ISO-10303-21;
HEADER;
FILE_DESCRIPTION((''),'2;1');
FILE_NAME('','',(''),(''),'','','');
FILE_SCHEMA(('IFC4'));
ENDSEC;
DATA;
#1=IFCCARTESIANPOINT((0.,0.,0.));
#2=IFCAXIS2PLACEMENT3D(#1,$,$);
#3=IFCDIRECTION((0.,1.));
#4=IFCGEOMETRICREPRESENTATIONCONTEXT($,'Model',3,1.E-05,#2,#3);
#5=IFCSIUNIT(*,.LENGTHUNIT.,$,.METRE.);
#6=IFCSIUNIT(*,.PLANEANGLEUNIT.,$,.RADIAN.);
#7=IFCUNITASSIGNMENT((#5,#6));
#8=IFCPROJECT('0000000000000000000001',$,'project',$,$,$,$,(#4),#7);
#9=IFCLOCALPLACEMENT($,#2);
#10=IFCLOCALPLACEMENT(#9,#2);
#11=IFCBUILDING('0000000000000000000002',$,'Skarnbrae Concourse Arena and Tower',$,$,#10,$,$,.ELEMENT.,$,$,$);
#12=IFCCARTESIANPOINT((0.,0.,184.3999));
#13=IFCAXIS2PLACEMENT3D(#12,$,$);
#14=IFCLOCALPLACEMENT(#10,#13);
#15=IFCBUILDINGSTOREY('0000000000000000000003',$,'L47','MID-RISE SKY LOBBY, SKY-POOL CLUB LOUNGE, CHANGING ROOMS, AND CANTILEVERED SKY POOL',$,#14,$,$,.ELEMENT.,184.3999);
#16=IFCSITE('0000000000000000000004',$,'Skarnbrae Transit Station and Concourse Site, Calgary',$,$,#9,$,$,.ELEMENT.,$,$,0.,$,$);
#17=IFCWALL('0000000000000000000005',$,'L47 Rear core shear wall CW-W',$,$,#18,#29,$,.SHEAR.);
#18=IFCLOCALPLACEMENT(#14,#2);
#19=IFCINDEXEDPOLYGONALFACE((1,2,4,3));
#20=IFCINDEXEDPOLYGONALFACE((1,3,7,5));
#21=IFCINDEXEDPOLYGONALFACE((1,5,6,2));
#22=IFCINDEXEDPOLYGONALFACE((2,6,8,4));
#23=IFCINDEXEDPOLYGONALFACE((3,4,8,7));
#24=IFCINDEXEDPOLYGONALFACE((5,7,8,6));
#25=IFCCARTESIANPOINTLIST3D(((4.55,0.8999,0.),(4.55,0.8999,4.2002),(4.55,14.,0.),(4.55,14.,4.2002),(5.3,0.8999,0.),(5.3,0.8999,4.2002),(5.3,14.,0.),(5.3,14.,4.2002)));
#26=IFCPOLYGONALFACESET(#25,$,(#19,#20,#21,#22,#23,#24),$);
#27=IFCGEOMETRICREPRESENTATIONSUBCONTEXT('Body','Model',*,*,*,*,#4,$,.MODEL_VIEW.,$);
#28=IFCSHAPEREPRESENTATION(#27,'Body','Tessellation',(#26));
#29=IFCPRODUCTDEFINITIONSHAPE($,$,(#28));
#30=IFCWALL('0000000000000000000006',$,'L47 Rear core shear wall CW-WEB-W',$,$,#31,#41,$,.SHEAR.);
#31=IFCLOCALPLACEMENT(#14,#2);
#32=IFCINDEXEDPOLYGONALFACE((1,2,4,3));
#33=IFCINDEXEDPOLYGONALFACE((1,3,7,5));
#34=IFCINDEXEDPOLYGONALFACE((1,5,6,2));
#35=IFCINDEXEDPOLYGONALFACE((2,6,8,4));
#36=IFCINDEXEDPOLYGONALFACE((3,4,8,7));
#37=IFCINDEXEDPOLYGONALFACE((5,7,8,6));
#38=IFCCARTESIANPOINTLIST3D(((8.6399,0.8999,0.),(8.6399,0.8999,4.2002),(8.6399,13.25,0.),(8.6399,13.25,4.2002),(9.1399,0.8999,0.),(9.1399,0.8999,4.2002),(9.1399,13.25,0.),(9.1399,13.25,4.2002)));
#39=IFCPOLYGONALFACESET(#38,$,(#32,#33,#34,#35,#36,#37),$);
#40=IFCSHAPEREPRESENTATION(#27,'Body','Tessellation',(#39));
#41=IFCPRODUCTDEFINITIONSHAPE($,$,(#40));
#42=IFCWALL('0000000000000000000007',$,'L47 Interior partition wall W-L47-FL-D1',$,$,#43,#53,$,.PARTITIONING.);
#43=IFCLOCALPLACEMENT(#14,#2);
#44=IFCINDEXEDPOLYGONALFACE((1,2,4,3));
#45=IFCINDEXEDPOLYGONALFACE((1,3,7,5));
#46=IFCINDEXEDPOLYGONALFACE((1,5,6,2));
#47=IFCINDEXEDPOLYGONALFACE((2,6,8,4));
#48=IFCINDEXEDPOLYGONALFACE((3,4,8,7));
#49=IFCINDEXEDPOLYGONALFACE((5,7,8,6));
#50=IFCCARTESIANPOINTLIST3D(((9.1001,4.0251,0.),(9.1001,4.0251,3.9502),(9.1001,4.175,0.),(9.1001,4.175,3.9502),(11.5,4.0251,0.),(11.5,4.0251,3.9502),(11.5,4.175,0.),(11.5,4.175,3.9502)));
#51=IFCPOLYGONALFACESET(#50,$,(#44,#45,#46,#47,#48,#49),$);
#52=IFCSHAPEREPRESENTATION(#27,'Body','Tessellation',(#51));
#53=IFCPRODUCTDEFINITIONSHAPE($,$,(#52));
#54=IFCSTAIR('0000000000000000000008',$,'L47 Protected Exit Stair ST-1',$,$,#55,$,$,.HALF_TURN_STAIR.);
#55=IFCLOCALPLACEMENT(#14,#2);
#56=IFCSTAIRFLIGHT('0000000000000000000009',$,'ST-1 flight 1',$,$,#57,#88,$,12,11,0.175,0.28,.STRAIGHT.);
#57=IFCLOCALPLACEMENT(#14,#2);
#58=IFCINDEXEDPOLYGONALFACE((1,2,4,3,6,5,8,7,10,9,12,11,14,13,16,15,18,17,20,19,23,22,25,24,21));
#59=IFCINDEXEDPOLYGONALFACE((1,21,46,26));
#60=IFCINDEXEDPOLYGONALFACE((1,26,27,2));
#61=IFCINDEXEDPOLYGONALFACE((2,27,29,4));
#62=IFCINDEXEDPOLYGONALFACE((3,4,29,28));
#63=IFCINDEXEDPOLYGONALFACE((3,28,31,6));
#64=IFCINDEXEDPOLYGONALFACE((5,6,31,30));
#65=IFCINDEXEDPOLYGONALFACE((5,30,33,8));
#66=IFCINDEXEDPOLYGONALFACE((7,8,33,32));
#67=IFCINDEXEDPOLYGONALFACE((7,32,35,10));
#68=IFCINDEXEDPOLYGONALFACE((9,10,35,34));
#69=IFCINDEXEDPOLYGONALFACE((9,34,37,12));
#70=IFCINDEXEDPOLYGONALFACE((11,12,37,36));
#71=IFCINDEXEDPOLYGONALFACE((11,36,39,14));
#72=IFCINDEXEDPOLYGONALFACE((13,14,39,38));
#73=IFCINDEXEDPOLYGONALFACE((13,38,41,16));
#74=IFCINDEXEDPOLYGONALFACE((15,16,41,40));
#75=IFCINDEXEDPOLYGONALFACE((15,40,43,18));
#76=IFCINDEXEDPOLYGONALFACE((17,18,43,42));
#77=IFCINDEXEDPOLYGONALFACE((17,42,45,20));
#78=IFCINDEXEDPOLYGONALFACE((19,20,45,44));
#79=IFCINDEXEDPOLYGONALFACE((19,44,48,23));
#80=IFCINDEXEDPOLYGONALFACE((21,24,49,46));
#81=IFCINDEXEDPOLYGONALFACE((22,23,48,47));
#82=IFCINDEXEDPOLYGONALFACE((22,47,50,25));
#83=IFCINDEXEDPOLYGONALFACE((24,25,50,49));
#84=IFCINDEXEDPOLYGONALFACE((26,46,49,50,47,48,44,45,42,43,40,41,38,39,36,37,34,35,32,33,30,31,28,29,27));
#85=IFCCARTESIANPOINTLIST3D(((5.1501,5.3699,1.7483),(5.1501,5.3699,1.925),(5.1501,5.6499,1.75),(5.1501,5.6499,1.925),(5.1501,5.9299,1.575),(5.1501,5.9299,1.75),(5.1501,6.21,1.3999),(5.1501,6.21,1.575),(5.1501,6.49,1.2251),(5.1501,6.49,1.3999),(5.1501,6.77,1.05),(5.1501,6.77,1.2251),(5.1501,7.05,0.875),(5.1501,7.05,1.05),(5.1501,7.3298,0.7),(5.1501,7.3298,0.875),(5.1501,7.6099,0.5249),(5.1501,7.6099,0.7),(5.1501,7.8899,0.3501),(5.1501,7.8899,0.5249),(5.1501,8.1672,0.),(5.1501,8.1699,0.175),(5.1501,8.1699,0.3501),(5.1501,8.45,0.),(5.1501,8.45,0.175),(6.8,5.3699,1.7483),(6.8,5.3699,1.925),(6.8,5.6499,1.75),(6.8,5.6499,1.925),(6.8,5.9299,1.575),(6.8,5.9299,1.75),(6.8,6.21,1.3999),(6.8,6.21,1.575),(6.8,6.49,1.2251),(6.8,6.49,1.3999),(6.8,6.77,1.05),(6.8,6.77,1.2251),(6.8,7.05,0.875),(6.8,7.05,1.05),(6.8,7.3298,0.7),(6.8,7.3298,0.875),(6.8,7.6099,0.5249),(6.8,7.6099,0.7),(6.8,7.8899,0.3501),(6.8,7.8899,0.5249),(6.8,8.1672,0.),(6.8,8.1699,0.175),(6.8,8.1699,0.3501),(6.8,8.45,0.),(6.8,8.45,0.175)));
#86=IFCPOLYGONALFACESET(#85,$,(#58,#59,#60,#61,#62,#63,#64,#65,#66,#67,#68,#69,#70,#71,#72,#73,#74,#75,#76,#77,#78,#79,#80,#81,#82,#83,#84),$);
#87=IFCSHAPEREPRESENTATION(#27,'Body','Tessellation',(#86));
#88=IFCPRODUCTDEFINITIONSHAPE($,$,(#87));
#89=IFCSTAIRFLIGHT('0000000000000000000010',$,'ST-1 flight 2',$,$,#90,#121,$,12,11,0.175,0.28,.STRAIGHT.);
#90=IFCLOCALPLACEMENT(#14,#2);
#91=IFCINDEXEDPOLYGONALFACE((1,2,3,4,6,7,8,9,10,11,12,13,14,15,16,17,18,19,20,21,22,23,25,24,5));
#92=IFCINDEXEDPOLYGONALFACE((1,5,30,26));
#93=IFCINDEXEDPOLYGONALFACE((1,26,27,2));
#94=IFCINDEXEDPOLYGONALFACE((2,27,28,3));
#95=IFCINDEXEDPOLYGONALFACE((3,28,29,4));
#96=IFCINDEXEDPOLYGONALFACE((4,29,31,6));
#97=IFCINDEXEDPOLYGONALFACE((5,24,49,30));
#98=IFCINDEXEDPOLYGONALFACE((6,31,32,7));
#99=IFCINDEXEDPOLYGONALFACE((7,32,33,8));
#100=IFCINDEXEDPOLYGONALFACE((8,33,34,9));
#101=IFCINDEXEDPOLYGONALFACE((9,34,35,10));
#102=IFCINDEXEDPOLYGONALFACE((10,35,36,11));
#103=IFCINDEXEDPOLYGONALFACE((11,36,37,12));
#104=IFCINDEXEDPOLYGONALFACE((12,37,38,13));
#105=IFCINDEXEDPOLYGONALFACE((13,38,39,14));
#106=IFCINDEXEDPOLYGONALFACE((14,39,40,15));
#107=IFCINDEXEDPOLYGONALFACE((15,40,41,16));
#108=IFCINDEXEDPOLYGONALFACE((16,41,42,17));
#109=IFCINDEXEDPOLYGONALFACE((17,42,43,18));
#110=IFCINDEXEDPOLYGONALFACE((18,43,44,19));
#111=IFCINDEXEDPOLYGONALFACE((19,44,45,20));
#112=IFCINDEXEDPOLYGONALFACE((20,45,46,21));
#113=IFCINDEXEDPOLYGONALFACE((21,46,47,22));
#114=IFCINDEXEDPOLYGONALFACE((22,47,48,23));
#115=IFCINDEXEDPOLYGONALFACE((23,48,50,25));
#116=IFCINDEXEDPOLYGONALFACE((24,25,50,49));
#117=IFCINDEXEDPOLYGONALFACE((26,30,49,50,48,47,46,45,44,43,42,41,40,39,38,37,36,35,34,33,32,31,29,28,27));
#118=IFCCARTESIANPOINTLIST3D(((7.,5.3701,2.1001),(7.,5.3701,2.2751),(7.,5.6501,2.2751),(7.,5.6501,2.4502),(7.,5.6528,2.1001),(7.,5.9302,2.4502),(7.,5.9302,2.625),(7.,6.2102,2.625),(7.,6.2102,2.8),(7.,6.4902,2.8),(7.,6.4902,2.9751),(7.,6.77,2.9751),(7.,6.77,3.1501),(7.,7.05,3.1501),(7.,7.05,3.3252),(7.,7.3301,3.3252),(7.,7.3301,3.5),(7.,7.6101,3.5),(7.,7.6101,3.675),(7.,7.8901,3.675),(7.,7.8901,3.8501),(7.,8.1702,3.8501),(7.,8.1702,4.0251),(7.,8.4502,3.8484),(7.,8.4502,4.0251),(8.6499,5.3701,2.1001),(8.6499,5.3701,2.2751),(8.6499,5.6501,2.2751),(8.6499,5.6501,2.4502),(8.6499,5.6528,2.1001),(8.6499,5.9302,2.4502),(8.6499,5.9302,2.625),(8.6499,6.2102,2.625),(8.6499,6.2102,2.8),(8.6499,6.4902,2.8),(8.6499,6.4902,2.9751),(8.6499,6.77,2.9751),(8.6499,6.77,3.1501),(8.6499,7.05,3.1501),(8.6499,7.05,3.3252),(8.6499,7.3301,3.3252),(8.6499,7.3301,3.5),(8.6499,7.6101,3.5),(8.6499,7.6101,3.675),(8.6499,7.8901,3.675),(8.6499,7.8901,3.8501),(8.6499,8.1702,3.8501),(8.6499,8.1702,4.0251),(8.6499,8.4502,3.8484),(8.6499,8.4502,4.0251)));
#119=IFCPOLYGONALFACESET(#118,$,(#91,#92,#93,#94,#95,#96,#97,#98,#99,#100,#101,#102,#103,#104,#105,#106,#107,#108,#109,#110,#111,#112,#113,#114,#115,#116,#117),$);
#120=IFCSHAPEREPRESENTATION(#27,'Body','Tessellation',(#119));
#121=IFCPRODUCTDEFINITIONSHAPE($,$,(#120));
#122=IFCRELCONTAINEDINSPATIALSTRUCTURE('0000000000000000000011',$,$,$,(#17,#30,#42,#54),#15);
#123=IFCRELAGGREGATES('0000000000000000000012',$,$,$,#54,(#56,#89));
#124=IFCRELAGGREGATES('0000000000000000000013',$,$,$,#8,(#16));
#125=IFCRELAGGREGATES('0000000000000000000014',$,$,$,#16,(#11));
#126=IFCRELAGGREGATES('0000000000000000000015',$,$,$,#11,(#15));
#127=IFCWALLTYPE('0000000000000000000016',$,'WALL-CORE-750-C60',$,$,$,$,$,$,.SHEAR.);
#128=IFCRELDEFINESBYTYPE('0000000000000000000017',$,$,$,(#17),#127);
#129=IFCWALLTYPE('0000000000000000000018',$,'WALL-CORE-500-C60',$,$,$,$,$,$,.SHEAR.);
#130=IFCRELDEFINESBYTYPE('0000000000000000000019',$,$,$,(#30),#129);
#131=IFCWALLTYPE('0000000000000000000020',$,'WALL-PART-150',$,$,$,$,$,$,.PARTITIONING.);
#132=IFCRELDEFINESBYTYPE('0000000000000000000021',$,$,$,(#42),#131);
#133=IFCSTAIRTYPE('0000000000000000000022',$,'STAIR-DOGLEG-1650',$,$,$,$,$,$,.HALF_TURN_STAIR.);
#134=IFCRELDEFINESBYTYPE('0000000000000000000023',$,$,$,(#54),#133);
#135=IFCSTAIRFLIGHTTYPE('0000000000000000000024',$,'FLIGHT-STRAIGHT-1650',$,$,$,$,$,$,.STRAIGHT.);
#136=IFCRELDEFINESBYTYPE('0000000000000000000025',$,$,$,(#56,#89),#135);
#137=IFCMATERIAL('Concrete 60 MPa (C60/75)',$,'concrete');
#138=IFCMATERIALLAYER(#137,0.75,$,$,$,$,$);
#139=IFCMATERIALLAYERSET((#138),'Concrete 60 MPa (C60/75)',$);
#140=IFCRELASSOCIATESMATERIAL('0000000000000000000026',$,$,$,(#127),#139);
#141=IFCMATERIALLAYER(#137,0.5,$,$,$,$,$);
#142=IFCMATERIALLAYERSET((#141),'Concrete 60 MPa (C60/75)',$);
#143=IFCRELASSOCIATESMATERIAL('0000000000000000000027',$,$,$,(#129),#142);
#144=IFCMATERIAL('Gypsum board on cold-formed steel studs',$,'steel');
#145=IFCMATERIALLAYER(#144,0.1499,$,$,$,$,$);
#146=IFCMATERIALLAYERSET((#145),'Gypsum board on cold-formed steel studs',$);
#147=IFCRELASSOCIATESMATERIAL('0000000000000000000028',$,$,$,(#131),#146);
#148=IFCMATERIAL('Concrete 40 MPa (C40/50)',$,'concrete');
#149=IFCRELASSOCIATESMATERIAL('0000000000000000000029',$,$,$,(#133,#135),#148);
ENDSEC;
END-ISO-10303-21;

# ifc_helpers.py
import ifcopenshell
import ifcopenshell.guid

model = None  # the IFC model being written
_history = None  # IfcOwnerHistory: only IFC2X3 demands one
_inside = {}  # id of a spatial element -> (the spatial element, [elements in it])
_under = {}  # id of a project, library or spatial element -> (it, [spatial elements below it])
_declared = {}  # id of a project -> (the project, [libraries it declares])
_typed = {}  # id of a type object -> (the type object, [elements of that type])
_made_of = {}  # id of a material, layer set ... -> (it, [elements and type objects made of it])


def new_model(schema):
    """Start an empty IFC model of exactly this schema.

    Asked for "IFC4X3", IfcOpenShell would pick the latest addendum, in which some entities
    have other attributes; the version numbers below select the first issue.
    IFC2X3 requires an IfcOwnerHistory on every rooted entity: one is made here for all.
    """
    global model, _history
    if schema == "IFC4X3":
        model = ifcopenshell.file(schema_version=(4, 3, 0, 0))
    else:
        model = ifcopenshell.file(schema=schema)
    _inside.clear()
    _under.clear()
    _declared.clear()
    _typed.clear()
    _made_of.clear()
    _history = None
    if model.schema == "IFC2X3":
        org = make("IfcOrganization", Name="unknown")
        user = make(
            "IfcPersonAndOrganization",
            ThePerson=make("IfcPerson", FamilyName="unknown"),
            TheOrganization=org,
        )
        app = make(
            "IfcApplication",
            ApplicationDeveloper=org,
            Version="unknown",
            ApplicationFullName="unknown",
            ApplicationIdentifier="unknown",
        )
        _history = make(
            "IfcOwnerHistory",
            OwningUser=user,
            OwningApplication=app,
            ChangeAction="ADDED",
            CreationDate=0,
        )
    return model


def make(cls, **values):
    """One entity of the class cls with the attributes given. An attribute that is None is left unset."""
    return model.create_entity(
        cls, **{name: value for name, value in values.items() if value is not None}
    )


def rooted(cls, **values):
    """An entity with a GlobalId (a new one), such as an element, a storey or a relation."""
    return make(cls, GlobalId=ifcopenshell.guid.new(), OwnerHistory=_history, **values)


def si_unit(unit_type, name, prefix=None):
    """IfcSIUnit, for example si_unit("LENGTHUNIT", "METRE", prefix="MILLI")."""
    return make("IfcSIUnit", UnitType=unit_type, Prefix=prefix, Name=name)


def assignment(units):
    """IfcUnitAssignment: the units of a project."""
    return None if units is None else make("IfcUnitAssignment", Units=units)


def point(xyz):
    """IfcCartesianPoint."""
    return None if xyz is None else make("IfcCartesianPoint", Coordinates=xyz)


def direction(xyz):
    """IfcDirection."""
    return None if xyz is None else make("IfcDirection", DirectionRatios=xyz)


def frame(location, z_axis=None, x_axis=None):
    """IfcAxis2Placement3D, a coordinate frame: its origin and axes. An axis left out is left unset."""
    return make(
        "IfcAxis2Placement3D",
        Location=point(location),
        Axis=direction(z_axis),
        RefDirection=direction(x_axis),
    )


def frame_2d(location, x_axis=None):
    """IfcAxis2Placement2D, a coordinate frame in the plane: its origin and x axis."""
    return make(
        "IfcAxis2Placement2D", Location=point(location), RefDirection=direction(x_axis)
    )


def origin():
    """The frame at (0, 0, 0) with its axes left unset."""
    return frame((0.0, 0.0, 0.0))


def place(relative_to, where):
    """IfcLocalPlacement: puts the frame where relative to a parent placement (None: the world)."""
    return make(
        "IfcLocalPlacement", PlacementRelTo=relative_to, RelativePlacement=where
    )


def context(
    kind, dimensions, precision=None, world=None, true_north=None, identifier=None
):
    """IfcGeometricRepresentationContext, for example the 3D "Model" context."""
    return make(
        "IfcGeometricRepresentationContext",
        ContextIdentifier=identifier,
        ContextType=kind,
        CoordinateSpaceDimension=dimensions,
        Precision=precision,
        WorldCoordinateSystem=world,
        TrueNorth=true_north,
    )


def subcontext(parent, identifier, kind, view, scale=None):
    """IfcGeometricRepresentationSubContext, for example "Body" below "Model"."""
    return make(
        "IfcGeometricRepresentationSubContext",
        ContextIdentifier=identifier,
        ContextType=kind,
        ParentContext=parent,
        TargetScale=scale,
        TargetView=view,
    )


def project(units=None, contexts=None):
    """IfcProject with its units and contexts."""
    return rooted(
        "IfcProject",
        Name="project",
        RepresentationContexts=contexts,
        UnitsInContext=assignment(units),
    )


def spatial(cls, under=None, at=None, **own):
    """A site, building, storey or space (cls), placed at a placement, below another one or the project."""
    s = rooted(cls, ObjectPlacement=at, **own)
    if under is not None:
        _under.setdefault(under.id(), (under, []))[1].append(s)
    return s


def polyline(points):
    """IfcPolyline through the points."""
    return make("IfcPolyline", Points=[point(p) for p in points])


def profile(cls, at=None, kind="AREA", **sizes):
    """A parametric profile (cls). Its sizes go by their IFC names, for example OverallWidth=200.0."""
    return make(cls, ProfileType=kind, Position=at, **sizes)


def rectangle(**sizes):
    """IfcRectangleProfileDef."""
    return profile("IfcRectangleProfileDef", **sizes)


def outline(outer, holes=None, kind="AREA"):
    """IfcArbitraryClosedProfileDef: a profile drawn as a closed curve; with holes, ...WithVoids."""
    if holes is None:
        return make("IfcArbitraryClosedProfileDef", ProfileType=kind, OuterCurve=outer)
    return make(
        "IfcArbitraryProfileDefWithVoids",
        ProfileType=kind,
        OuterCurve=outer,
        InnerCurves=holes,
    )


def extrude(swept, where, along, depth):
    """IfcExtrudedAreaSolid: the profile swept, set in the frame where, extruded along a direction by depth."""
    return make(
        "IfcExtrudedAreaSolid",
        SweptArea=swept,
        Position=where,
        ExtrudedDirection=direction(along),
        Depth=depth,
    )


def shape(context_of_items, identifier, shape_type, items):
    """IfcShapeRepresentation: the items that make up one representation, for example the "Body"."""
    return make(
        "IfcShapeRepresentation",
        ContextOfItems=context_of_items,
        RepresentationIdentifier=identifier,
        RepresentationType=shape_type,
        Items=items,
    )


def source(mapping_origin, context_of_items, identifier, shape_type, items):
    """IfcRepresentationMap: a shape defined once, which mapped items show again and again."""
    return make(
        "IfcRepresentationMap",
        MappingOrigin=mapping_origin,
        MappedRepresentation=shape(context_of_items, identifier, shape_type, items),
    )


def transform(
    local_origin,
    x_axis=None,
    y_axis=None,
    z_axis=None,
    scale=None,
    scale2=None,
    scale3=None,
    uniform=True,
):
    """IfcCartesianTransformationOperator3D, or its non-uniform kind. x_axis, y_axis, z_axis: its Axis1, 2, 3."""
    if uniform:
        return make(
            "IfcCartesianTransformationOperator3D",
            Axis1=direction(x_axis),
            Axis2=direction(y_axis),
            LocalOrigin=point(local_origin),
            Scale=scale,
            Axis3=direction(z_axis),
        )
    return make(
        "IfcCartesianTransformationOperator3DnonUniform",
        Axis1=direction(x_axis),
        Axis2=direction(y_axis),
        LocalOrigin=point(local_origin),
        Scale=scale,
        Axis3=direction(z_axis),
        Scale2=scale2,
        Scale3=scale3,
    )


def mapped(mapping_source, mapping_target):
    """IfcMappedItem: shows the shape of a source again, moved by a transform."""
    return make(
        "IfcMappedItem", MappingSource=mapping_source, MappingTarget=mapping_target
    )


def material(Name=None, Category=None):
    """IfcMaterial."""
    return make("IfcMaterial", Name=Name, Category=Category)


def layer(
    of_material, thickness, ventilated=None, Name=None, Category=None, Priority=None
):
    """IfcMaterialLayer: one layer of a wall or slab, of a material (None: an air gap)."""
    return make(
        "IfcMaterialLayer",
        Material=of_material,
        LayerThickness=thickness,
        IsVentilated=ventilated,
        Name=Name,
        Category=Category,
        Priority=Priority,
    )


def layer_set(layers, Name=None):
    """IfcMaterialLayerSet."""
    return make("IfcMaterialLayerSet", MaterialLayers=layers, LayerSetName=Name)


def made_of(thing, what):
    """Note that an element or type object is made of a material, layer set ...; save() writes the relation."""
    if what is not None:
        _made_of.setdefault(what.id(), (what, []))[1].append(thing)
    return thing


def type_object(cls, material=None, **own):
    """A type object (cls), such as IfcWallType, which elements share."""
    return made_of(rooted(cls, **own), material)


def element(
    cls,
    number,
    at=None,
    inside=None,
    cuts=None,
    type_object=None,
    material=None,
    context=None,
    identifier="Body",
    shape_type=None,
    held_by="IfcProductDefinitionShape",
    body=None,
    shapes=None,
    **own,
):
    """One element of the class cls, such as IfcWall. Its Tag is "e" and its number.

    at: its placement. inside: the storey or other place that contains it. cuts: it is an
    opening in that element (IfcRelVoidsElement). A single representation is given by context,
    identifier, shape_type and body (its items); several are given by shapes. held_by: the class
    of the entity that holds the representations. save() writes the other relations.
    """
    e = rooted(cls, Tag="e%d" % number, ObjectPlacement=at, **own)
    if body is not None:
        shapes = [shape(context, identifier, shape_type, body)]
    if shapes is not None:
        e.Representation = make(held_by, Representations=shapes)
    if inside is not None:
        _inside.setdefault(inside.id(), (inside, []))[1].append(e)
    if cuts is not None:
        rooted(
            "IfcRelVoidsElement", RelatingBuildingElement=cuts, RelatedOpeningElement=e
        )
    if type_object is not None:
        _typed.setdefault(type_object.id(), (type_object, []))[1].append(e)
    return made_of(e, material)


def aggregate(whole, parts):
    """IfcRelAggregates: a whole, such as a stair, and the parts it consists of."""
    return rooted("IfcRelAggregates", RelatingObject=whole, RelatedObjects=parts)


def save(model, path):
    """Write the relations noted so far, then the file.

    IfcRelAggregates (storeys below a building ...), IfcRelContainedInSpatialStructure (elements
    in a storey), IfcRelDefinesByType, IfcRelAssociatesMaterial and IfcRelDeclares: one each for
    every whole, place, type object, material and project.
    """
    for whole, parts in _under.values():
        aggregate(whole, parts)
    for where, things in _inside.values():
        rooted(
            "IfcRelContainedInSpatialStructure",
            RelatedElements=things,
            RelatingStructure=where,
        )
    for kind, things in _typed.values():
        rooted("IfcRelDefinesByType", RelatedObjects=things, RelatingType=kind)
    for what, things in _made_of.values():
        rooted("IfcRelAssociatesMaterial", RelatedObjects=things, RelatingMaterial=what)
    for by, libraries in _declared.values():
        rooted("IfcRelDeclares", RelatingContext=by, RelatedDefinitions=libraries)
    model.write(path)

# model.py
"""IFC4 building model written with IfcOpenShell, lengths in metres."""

from ifc_helpers import new_model, si_unit, direction, frame, frame_2d, origin, place, context, subcontext, project, spatial, polyline, rectangle, outline, extrude, source, transform, mapped, material, layer, layer_set, type_object, element, aggregate, save


model = new_model("IFC4")

# Units and contexts
model_context = context("Model", 3, precision=1e-05, world=origin(), true_north=direction((0.0, 1.0)))
body_context = subcontext(model_context, "Body", "Model", "MODEL_VIEW")
ifc_project = project(units=[si_unit("LENGTHUNIT", "METRE"), si_unit("PLANEANGLEUNIT", "RADIAN")], contexts=[model_context])

# Site, building, storey
site_placement = place(None, origin())
site = spatial("IfcSite", under=ifc_project, at=site_placement, Name="Skarnbrae Transit Station and Concourse Site, Calgary", CompositionType="ELEMENT", RefElevation=0.0)
building_placement = place(site_placement, origin())
building = spatial("IfcBuilding", under=site, at=building_placement, Name="Skarnbrae Concourse Arena and Tower", CompositionType="ELEMENT")
storey_placement = place(building_placement, frame((0.0, 0.0, 184.3999)))
storey = spatial("IfcBuildingStorey", under=building, at=storey_placement, Name="L47", Description="MID-RISE SKY LOBBY, SKY-POOL CLUB LOUNGE, CHANGING ROOMS, AND CANTILEVERED SKY POOL", CompositionType="ELEMENT", Elevation=184.3999)

# Walls
ifc_material_1 = material(Name="Concrete 60 MPa (C60/75)", Category="concrete")
ifc_layer_1 = layer(ifc_material_1, 0.75)
ifc_layer_set_1 = layer_set([ifc_layer_1], Name="Concrete 60 MPa (C60/75)")
wall_type_1 = type_object("IfcWallType", Name="WALL-CORE-750-C60", PredefinedType="SHEAR", material=ifc_layer_set_1)
shared_shape_1 = source(origin(), body_context, "Body", "SweptSolid", [
    extrude(rectangle(XDim=13.1001, YDim=0.75, at=frame_2d((6.55, 0.0))), origin(), (0.0, 0.0, 1.0), 4.2002),
])
wall_1_placement = place(storey_placement, frame((4.925, 0.8999, 0.0), z_axis=(0.0, 0.0, 1.0), x_axis=(0.0, 1.0, 0.0)))
element("IfcWall", 1, at=wall_1_placement, inside=storey, type_object=wall_type_1, Name="L47 Rear core shear wall CW-W", PredefinedType="SHEAR", context=body_context, shape_type="MappedRepresentation", body=[
    mapped(shared_shape_1, transform((0.0, 0.0, 0.0))),
])
ifc_layer_2 = layer(ifc_material_1, 0.5)
ifc_layer_set_2 = layer_set([ifc_layer_2], Name="Concrete 60 MPa (C60/75)")
wall_type_2 = type_object("IfcWallType", Name="WALL-CORE-500-C60", PredefinedType="SHEAR", material=ifc_layer_set_2)
shared_shape_2 = source(origin(), body_context, "Body", "SweptSolid", [
    extrude(rectangle(XDim=12.3501, YDim=0.5, at=frame_2d((6.175, 0.0))), origin(), (0.0, 0.0, 1.0), 4.2002),
])
wall_2_placement = place(storey_placement, frame((8.8899, 0.8999, 0.0), z_axis=(0.0, 0.0, 1.0), x_axis=(0.0, 1.0, 0.0)))
element("IfcWall", 2, at=wall_2_placement, inside=storey, type_object=wall_type_2, Name="L47 Rear core shear wall CW-WEB-W", PredefinedType="SHEAR", context=body_context, shape_type="MappedRepresentation", body=[
    mapped(shared_shape_2, transform((0.0, 0.0, 0.0))),
])
ifc_material_2 = material(Name="Gypsum board on cold-formed steel studs", Category="steel")
ifc_layer_3 = layer(ifc_material_2, 0.1499)
ifc_layer_set_3 = layer_set([ifc_layer_3], Name="Gypsum board on cold-formed steel studs")
wall_type_3 = type_object("IfcWallType", Name="WALL-PART-150", PredefinedType="PARTITIONING", material=ifc_layer_set_3)
shared_shape_3 = source(origin(), body_context, "Body", "SweptSolid", [
    extrude(rectangle(XDim=2.3999, YDim=0.1499, at=frame_2d((1.2, 0.0))), origin(), (0.0, 0.0, 1.0), 3.9502),
])
wall_3_placement = place(storey_placement, frame((9.1001, 4.1001, 0.0), z_axis=(0.0, 0.0, 1.0), x_axis=(1.0, 0.0, 0.0)))
element("IfcWall", 3, at=wall_3_placement, inside=storey, type_object=wall_type_3, Name="L47 Interior partition wall W-L47-FL-D1", PredefinedType="PARTITIONING", context=body_context, shape_type="MappedRepresentation", body=[
    mapped(shared_shape_3, transform((0.0, 0.0, 0.0))),
])

# Stair, stair flights
ifc_material_3 = material(Name="Concrete 40 MPa (C40/50)", Category="concrete")
stair_type = type_object("IfcStairType", Name="STAIR-DOGLEG-1650", PredefinedType="HALF_TURN_STAIR", material=ifc_material_3)
stair_placement = place(storey_placement, origin())
stair = element("IfcStair", 4, at=stair_placement, inside=storey, type_object=stair_type, Name="L47 Protected Exit Stair ST-1", PredefinedType="HALF_TURN_STAIR")
stair_flight_type = type_object("IfcStairFlightType", Name="FLIGHT-STRAIGHT-1650", PredefinedType="STRAIGHT", material=ifc_material_3)
shared_shape_4 = source(origin(), body_context, "Body", "SweptSolid", [
    extrude(outline(polyline([(0.0, 0.0), (0.0, 0.175), (0.28, 0.175), (0.28, 0.3501), (0.5601, 0.3501), (0.5601, 0.5249), (0.8401, 0.5249), (0.8401, 0.7), (1.1201, 0.7), (1.1201, 0.875), (1.3999, 0.875), (1.3999, 1.05), (1.6799, 1.05), (1.6799, 1.2251), (1.96, 1.2251), (1.96, 1.3999), (2.24, 1.3999), (2.24, 1.575), (2.52, 1.575), (2.52, 1.75), (2.8, 1.75), (2.8, 1.925), (3.0801, 1.925), (3.0801, 2.1001), (3.0801, 1.7483), (0.2827, 0.0), (0.0, 0.0)])), frame((0.0, 0.825, 0.0), z_axis=(0.0, -1.0, 0.0), x_axis=(1.0, 0.0, 0.0)), (0.0, 0.0, 1.0), 1.6499),
])
stair_flight_1_placement = place(storey_placement, frame((5.9751, 8.45, 0.0), z_axis=(0.0, 0.0, 1.0), x_axis=(0.0, -1.0, 0.0)))
stair_flight_1 = element("IfcStairFlight", 5, at=stair_flight_1_placement, type_object=stair_flight_type, Name="ST-1 flight 1", NumberOfRisers=12, NumberOfTreads=11, PredefinedType="STRAIGHT", RiserHeight=0.175, TreadLength=0.28, context=body_context, shape_type="MappedRepresentation", body=[
    mapped(shared_shape_4, transform((0.0, 0.0, 0.0))),
])
stair_flight_2_placement = place(storey_placement, frame((7.825, 5.3701, 2.1001), z_axis=(0.0, 0.0, 1.0), x_axis=(0.0, 1.0, 0.0)))
stair_flight_2 = element("IfcStairFlight", 6, at=stair_flight_2_placement, type_object=stair_flight_type, Name="ST-1 flight 2", NumberOfRisers=12, NumberOfTreads=11, PredefinedType="STRAIGHT", RiserHeight=0.175, TreadLength=0.28, context=body_context, shape_type="MappedRepresentation", body=[
    mapped(shared_shape_4, transform((0.0, 0.0, 0.0))),
])
aggregate(stair, [stair_flight_1, stair_flight_2])

save(model, "model.ifc")
